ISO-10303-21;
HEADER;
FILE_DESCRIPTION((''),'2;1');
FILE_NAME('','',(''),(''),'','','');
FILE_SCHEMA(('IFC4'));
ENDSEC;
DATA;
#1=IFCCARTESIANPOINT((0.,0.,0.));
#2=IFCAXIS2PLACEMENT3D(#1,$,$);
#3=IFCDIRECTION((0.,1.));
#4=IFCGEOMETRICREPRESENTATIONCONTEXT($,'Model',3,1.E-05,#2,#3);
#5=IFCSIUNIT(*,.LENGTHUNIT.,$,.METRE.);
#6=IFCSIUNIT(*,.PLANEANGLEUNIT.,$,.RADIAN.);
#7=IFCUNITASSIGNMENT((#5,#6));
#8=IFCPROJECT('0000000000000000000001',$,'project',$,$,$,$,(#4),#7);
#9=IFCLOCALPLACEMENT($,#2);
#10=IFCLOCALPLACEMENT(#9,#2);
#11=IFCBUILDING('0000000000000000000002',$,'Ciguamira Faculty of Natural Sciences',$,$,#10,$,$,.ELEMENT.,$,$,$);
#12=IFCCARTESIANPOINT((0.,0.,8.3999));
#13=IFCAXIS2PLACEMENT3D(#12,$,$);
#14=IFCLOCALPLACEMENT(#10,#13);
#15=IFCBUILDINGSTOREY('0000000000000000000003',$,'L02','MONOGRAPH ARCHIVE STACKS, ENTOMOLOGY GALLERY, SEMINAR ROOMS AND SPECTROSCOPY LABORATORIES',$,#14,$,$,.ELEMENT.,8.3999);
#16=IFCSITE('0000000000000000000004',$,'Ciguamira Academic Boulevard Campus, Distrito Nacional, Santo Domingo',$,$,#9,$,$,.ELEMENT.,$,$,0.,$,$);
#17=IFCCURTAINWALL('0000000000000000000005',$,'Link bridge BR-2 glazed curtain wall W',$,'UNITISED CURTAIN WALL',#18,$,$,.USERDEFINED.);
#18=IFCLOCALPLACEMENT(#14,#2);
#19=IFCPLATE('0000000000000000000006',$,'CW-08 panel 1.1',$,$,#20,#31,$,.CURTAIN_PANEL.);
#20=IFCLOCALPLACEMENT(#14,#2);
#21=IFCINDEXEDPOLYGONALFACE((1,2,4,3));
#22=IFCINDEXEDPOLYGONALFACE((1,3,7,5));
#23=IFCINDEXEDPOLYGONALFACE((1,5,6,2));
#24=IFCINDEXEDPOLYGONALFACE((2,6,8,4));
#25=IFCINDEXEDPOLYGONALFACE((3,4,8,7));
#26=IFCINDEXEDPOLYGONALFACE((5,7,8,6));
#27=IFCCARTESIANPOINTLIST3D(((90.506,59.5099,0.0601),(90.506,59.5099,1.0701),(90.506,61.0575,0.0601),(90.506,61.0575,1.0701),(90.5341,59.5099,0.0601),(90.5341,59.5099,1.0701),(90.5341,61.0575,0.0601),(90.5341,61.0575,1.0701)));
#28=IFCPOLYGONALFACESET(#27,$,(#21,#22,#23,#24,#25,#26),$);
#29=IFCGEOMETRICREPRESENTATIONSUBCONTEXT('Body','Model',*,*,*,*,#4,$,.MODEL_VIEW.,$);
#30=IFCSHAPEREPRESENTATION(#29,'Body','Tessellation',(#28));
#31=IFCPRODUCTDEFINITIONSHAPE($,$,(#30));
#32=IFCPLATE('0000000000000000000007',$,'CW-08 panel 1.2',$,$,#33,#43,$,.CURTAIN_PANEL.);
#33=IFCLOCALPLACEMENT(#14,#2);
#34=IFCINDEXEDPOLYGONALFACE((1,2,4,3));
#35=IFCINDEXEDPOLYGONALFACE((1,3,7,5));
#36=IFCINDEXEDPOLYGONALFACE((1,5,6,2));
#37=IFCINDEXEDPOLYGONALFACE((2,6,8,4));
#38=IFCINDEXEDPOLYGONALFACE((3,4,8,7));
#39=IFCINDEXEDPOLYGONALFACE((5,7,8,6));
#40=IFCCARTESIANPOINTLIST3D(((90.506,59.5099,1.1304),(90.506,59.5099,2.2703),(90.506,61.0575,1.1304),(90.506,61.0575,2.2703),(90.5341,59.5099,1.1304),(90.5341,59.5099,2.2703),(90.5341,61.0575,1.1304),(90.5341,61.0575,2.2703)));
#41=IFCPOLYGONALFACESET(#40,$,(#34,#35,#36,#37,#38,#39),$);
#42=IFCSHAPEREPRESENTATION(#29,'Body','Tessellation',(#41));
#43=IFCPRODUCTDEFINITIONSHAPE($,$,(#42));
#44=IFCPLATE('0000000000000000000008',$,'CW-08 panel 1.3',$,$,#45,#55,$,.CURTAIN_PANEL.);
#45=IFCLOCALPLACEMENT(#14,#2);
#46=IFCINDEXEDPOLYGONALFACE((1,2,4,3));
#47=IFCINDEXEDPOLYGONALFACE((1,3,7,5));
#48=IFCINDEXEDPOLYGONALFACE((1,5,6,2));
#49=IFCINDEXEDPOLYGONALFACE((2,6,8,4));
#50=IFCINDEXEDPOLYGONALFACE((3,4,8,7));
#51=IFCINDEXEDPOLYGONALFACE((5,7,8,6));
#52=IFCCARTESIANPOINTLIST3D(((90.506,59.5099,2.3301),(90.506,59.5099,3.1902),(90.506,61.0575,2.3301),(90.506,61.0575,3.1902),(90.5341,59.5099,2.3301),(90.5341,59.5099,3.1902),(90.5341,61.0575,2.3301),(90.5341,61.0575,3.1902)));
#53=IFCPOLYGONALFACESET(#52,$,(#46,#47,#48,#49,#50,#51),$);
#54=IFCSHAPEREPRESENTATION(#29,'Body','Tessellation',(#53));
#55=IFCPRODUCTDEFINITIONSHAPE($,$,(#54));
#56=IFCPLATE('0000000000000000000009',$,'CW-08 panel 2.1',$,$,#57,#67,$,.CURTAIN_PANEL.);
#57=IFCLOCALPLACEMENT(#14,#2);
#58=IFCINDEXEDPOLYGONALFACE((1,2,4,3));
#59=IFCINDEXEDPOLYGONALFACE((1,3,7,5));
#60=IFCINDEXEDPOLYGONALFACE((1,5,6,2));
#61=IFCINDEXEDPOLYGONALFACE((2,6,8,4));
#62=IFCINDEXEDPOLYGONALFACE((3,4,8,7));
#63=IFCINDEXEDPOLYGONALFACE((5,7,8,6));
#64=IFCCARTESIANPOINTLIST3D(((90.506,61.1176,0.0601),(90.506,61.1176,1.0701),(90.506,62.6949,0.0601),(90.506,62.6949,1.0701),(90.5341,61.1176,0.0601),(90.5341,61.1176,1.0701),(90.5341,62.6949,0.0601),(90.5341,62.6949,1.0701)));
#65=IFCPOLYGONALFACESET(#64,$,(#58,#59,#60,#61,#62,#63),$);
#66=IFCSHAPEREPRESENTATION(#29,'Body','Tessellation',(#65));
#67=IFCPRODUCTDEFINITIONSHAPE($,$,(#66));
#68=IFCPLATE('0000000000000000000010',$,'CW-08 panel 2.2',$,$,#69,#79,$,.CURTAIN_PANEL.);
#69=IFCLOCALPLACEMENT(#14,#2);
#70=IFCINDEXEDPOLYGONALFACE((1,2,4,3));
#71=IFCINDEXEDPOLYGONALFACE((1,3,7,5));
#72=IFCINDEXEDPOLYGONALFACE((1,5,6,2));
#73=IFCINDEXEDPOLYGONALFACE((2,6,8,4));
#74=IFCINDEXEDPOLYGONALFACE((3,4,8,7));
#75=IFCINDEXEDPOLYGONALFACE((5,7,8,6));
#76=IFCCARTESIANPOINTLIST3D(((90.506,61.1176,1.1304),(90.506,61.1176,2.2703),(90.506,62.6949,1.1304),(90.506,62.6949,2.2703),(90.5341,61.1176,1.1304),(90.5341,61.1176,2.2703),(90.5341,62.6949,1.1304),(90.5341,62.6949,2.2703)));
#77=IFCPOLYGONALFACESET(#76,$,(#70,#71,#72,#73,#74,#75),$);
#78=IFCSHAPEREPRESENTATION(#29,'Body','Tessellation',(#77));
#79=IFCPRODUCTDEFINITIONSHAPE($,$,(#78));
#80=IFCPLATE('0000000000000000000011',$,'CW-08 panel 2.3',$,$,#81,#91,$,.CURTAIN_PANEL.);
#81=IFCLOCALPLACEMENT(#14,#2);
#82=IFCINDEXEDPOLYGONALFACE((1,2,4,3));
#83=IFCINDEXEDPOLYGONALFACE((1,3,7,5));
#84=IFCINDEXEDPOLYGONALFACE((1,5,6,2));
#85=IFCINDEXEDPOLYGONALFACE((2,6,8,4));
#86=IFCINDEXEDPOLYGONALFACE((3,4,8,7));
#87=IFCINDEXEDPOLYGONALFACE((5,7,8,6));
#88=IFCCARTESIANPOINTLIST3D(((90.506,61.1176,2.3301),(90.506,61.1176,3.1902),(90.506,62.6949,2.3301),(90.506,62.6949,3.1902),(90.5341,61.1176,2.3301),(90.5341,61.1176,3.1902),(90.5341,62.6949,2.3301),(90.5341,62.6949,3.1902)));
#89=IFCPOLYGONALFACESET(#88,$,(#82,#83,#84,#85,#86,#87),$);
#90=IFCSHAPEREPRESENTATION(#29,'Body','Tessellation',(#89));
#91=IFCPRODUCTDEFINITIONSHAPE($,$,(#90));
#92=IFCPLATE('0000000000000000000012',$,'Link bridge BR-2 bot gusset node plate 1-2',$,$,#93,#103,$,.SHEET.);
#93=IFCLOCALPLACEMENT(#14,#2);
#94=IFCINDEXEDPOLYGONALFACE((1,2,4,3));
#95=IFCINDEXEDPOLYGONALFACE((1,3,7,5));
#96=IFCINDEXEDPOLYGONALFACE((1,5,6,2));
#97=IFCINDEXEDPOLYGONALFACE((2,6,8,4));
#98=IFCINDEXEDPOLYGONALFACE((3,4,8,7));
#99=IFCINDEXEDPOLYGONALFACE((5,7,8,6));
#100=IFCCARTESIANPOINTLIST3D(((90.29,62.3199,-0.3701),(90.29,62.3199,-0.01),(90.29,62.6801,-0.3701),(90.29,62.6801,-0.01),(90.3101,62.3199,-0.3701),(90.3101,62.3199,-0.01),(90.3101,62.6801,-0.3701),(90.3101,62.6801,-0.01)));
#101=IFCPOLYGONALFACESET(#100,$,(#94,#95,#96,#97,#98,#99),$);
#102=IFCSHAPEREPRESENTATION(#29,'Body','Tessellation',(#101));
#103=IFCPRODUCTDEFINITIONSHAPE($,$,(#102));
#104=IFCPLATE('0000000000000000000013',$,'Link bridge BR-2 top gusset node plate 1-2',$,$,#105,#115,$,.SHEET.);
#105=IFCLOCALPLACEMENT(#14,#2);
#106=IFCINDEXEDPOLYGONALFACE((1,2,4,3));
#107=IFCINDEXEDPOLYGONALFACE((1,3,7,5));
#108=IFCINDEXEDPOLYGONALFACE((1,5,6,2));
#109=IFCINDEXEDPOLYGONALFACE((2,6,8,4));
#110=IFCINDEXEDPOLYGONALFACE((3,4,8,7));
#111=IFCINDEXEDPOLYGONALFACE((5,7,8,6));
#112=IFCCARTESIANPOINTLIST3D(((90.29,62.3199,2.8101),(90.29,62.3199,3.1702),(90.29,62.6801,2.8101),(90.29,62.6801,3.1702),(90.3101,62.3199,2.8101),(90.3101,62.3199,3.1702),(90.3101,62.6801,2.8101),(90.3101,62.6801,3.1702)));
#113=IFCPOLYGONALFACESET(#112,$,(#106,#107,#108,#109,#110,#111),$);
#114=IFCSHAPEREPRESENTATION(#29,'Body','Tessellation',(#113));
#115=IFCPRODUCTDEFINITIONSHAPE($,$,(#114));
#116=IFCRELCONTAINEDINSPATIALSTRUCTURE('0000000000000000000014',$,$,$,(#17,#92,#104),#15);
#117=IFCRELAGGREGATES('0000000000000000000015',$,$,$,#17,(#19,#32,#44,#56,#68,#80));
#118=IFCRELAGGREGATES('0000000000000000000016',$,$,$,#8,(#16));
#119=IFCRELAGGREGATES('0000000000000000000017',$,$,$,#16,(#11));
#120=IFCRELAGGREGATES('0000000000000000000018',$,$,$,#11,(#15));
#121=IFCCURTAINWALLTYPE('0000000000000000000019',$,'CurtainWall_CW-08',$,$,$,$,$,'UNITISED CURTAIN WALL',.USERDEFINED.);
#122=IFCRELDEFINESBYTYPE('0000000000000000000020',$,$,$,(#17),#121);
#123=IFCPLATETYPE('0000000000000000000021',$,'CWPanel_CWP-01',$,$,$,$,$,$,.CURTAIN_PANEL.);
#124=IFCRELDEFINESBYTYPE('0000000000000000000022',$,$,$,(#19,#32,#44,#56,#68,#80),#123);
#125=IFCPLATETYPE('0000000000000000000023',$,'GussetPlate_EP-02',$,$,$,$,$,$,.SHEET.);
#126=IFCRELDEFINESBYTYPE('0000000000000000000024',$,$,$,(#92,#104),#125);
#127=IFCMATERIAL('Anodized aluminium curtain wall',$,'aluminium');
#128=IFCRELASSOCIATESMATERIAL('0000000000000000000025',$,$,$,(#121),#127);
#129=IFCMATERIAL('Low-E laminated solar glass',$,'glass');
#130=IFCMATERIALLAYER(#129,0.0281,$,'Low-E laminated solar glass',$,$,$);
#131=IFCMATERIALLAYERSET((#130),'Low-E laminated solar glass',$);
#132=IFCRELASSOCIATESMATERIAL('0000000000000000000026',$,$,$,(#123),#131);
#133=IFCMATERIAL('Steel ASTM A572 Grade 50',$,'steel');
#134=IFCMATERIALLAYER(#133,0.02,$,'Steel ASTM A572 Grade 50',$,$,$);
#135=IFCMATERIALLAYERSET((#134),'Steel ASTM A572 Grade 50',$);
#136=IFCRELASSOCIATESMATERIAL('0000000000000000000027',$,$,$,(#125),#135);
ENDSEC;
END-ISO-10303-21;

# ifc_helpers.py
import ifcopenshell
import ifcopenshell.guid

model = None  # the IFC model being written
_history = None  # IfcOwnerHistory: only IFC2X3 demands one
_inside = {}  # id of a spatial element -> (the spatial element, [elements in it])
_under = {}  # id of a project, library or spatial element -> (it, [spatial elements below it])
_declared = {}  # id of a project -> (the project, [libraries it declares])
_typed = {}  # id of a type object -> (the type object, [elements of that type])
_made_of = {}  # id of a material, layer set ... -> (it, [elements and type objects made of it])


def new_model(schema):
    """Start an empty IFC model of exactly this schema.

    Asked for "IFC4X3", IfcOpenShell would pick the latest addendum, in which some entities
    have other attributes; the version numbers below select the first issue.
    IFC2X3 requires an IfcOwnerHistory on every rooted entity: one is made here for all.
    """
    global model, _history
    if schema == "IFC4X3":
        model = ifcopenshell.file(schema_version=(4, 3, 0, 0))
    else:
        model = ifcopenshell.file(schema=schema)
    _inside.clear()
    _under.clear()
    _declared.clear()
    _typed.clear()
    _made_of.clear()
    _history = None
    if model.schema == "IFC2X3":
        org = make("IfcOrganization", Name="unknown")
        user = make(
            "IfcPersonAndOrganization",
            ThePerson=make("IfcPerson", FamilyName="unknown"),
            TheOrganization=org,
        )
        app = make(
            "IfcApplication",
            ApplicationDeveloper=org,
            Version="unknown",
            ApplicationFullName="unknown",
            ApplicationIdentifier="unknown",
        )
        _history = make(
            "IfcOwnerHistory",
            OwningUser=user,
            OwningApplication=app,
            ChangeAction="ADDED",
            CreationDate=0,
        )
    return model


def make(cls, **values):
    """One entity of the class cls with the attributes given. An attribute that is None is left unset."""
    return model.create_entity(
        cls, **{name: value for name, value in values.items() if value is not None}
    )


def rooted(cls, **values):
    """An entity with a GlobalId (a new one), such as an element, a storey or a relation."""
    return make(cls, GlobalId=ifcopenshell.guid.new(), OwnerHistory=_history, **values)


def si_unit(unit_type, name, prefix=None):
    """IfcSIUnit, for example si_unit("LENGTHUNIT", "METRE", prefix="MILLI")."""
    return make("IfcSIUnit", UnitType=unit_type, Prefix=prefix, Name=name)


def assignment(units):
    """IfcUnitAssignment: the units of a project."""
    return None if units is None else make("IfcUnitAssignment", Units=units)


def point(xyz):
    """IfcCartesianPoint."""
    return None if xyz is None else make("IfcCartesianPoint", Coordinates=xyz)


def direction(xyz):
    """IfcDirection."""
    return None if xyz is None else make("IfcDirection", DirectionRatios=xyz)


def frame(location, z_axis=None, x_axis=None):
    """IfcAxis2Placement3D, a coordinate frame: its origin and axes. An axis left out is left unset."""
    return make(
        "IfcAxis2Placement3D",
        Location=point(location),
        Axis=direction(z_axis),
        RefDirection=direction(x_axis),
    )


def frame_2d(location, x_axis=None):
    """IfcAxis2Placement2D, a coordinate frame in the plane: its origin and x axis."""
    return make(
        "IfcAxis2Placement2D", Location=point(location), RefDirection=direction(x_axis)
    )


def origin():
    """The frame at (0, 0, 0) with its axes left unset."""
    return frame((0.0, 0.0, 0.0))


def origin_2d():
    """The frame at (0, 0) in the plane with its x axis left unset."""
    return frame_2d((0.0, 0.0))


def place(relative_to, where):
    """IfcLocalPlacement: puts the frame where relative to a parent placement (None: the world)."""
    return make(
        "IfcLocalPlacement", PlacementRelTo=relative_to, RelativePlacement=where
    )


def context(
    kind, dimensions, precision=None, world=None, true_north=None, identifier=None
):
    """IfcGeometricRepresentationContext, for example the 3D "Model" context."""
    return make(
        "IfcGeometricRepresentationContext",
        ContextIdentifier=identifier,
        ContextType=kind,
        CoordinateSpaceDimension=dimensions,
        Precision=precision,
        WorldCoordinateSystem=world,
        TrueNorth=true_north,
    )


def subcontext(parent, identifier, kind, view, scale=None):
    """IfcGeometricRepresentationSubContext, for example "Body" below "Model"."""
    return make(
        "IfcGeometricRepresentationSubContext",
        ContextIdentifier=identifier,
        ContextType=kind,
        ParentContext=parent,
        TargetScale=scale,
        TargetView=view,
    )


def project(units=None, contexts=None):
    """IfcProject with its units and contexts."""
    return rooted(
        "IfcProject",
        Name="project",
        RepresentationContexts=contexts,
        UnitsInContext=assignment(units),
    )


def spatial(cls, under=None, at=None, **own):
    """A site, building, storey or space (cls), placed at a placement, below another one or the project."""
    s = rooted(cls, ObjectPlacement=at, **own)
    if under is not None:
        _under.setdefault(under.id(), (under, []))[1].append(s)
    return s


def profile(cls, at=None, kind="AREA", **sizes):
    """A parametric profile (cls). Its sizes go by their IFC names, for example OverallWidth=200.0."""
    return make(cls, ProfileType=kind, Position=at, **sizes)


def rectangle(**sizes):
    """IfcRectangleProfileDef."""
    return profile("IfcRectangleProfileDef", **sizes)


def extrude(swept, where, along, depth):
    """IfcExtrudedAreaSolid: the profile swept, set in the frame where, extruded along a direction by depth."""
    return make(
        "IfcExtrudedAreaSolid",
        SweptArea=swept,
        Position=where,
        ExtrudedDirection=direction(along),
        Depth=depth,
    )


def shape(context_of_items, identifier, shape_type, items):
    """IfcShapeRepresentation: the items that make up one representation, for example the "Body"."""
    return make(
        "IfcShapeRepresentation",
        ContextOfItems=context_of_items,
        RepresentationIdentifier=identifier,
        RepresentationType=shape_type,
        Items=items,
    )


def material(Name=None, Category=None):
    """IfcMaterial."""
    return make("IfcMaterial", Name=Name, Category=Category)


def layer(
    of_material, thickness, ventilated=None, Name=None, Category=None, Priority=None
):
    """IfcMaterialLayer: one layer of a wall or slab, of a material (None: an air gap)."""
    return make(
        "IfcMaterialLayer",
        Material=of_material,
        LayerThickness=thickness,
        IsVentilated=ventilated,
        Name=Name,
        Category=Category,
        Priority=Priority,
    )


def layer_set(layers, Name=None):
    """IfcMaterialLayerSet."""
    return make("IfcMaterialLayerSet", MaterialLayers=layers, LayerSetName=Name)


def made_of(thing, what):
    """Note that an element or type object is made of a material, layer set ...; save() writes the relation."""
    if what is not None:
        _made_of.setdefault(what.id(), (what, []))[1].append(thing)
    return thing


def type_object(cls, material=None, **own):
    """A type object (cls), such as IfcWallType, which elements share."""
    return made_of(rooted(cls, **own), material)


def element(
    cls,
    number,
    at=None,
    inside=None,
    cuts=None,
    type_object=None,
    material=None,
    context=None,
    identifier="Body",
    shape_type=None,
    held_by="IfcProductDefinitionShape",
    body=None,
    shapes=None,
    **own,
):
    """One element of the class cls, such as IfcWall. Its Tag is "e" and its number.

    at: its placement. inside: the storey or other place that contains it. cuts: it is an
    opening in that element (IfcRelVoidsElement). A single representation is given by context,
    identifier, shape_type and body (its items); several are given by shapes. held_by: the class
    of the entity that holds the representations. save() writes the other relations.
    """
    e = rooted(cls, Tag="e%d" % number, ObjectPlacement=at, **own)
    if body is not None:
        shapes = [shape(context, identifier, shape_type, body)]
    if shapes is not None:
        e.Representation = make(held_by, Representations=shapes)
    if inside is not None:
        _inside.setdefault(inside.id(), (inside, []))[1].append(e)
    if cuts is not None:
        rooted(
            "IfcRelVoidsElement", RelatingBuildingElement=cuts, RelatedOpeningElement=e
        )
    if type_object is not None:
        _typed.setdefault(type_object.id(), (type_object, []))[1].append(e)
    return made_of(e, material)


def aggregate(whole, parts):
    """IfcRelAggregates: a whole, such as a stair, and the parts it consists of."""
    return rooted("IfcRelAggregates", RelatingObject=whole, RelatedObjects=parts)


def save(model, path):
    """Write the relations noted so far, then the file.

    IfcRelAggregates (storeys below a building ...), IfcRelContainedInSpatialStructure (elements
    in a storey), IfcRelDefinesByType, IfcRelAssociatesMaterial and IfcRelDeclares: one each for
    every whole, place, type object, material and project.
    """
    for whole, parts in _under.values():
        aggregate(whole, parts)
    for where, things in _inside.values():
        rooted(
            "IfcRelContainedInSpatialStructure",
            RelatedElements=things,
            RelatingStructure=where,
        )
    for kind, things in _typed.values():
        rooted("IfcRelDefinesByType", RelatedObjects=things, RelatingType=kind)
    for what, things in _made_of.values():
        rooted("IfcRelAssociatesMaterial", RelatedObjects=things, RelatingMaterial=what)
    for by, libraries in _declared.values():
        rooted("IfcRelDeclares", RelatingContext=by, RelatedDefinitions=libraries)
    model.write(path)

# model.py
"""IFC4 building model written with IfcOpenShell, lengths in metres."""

from ifc_helpers import new_model, si_unit, direction, frame, origin, origin_2d, place, context, subcontext, project, spatial, rectangle, extrude, material, layer, layer_set, type_object, element, aggregate, save


model = new_model("IFC4")

# Units and contexts
model_context = context("Model", 3, precision=1e-05, world=origin(), true_north=direction((0.0, 1.0)))
body_context = subcontext(model_context, "Body", "Model", "MODEL_VIEW")
ifc_project = project(units=[si_unit("LENGTHUNIT", "METRE"), si_unit("PLANEANGLEUNIT", "RADIAN")], contexts=[model_context])

# Site, building, storey
site_placement = place(None, origin())
site = spatial("IfcSite", under=ifc_project, at=site_placement, Name="Ciguamira Academic Boulevard Campus, Distrito Nacional, Santo Domingo", CompositionType="ELEMENT", RefElevation=0.0)
building_placement = place(site_placement, origin())
building = spatial("IfcBuilding", under=site, at=building_placement, Name="Ciguamira Faculty of Natural Sciences", CompositionType="ELEMENT")
storey_placement = place(building_placement, frame((0.0, 0.0, 8.3999)))
storey = spatial("IfcBuildingStorey", under=building, at=storey_placement, Name="L02", Description="MONOGRAPH ARCHIVE STACKS, ENTOMOLOGY GALLERY, SEMINAR ROOMS AND SPECTROSCOPY LABORATORIES", CompositionType="ELEMENT", Elevation=8.3999)

# Curtain wall
ifc_material_1 = material(Name="Anodized aluminium curtain wall", Category="aluminium")
curtain_wall_type = type_object("IfcCurtainWallType", Name="CurtainWall_CW-08", ElementType="UNITISED CURTAIN WALL", PredefinedType="USERDEFINED", material=ifc_material_1)
curtain_wall_placement = place(storey_placement, origin())
curtain_wall = element("IfcCurtainWall", 1, at=curtain_wall_placement, inside=storey, type_object=curtain_wall_type, Name="Link bridge BR-2 glazed curtain wall W", ObjectType="UNITISED CURTAIN WALL", PredefinedType="USERDEFINED")

# Plates
ifc_material_2 = material(Name="Low-E laminated solar glass", Category="glass")
ifc_layer_1 = layer(ifc_material_2, 0.0281, Name="Low-E laminated solar glass")
ifc_layer_set_1 = layer_set([ifc_layer_1], Name="Low-E laminated solar glass")
plate_type_1 = type_object("IfcPlateType", Name="CWPanel_CWP-01", PredefinedType="CURTAIN_PANEL", material=ifc_layer_set_1)
plate_1_placement = place(storey_placement, frame((90.52, 60.2837, 0.0601), z_axis=(0.0, 0.0, 1.0), x_axis=(0.0, 1.0, 0.0)))
plate_1 = element("IfcPlate", 2, at=plate_1_placement, type_object=plate_type_1, Name="CW-08 panel 1.1", PredefinedType="CURTAIN_PANEL", context=body_context, shape_type="SweptSolid", body=[
    extrude(rectangle(XDim=1.5476, YDim=0.0281, at=origin_2d()), origin(), (0.0, 0.0, 1.0), 1.01),
])
plate_2_placement = place(storey_placement, frame((90.52, 60.2837, 1.1304), z_axis=(0.0, 0.0, 1.0), x_axis=(0.0, 1.0, 0.0)))
plate_2 = element("IfcPlate", 3, at=plate_2_placement, type_object=plate_type_1, Name="CW-08 panel 1.2", PredefinedType="CURTAIN_PANEL", context=body_context, shape_type="SweptSolid", body=[
    extrude(rectangle(XDim=1.5476, YDim=0.0281, at=origin_2d()), origin(), (0.0, 0.0, 1.0), 1.1399),
])
plate_3_placement = place(storey_placement, frame((90.52, 60.2837, 2.3301), z_axis=(0.0, 0.0, 1.0), x_axis=(0.0, 1.0, 0.0)))
plate_3 = element("IfcPlate", 4, at=plate_3_placement, type_object=plate_type_1, Name="CW-08 panel 1.3", PredefinedType="CURTAIN_PANEL", context=body_context, shape_type="SweptSolid", body=[
    extrude(rectangle(XDim=1.5476, YDim=0.0281, at=origin_2d()), origin(), (0.0, 0.0, 1.0), 0.8601),
])
plate_4_placement = place(storey_placement, frame((90.52, 61.9062, 0.0601), z_axis=(0.0, 0.0, 1.0), x_axis=(0.0, 1.0, 0.0)))
plate_4 = element("IfcPlate", 5, at=plate_4_placement, type_object=plate_type_1, Name="CW-08 panel 2.1", PredefinedType="CURTAIN_PANEL", context=body_context, shape_type="SweptSolid", body=[
    extrude(rectangle(XDim=1.5774, YDim=0.0281, at=origin_2d()), origin(), (0.0, 0.0, 1.0), 1.01),
])
plate_5_placement = place(storey_placement, frame((90.52, 61.9062, 1.1304), z_axis=(0.0, 0.0, 1.0), x_axis=(0.0, 1.0, 0.0)))
plate_5 = element("IfcPlate", 6, at=plate_5_placement, type_object=plate_type_1, Name="CW-08 panel 2.2", PredefinedType="CURTAIN_PANEL", context=body_context, shape_type="SweptSolid", body=[
    extrude(rectangle(XDim=1.5774, YDim=0.0281, at=origin_2d()), origin(), (0.0, 0.0, 1.0), 1.1399),
])
plate_6_placement = place(storey_placement, frame((90.52, 61.9062, 2.3301), z_axis=(0.0, 0.0, 1.0), x_axis=(0.0, 1.0, 0.0)))
plate_6 = element("IfcPlate", 7, at=plate_6_placement, type_object=plate_type_1, Name="CW-08 panel 2.3", PredefinedType="CURTAIN_PANEL", context=body_context, shape_type="SweptSolid", body=[
    extrude(rectangle(XDim=1.5774, YDim=0.0281, at=origin_2d()), origin(), (0.0, 0.0, 1.0), 0.8601),
])
aggregate(curtain_wall, [plate_1, plate_2, plate_3, plate_4, plate_5, plate_6])

# Plates
ifc_material_3 = material(Name="Steel ASTM A572 Grade 50", Category="steel")
ifc_layer_2 = layer(ifc_material_3, 0.02, Name="Steel ASTM A572 Grade 50")
ifc_layer_set_2 = layer_set([ifc_layer_2], Name="Steel ASTM A572 Grade 50")
plate_type_2 = type_object("IfcPlateType", Name="GussetPlate_EP-02", PredefinedType="SHEET", material=ifc_layer_set_2)
for number, where, z_axis, x_axis, name in (
    (8, (90.3, 62.5, -0.3701), (0.0, 0.0, 1.0), (1.0, 0.0, 0.0), "Link bridge BR-2 bot gusset node plate 1-2"),
    (9, (90.3, 62.5, 2.8101), (0.0, 0.0, 1.0), (1.0, 0.0, 0.0), "Link bridge BR-2 top gusset node plate 1-2"),
):
    element("IfcPlate", number, at=place(storey_placement, frame(where, z_axis=z_axis, x_axis=x_axis)), inside=storey, type_object=plate_type_2, Name=name, PredefinedType="SHEET", context=body_context, shape_type="SweptSolid", body=[
        extrude(rectangle(XDim=0.02, YDim=0.3601, at=origin_2d()), origin(), (0.0, 0.0, 1.0), 0.3601),
    ])

save(model, "model.ifc")
